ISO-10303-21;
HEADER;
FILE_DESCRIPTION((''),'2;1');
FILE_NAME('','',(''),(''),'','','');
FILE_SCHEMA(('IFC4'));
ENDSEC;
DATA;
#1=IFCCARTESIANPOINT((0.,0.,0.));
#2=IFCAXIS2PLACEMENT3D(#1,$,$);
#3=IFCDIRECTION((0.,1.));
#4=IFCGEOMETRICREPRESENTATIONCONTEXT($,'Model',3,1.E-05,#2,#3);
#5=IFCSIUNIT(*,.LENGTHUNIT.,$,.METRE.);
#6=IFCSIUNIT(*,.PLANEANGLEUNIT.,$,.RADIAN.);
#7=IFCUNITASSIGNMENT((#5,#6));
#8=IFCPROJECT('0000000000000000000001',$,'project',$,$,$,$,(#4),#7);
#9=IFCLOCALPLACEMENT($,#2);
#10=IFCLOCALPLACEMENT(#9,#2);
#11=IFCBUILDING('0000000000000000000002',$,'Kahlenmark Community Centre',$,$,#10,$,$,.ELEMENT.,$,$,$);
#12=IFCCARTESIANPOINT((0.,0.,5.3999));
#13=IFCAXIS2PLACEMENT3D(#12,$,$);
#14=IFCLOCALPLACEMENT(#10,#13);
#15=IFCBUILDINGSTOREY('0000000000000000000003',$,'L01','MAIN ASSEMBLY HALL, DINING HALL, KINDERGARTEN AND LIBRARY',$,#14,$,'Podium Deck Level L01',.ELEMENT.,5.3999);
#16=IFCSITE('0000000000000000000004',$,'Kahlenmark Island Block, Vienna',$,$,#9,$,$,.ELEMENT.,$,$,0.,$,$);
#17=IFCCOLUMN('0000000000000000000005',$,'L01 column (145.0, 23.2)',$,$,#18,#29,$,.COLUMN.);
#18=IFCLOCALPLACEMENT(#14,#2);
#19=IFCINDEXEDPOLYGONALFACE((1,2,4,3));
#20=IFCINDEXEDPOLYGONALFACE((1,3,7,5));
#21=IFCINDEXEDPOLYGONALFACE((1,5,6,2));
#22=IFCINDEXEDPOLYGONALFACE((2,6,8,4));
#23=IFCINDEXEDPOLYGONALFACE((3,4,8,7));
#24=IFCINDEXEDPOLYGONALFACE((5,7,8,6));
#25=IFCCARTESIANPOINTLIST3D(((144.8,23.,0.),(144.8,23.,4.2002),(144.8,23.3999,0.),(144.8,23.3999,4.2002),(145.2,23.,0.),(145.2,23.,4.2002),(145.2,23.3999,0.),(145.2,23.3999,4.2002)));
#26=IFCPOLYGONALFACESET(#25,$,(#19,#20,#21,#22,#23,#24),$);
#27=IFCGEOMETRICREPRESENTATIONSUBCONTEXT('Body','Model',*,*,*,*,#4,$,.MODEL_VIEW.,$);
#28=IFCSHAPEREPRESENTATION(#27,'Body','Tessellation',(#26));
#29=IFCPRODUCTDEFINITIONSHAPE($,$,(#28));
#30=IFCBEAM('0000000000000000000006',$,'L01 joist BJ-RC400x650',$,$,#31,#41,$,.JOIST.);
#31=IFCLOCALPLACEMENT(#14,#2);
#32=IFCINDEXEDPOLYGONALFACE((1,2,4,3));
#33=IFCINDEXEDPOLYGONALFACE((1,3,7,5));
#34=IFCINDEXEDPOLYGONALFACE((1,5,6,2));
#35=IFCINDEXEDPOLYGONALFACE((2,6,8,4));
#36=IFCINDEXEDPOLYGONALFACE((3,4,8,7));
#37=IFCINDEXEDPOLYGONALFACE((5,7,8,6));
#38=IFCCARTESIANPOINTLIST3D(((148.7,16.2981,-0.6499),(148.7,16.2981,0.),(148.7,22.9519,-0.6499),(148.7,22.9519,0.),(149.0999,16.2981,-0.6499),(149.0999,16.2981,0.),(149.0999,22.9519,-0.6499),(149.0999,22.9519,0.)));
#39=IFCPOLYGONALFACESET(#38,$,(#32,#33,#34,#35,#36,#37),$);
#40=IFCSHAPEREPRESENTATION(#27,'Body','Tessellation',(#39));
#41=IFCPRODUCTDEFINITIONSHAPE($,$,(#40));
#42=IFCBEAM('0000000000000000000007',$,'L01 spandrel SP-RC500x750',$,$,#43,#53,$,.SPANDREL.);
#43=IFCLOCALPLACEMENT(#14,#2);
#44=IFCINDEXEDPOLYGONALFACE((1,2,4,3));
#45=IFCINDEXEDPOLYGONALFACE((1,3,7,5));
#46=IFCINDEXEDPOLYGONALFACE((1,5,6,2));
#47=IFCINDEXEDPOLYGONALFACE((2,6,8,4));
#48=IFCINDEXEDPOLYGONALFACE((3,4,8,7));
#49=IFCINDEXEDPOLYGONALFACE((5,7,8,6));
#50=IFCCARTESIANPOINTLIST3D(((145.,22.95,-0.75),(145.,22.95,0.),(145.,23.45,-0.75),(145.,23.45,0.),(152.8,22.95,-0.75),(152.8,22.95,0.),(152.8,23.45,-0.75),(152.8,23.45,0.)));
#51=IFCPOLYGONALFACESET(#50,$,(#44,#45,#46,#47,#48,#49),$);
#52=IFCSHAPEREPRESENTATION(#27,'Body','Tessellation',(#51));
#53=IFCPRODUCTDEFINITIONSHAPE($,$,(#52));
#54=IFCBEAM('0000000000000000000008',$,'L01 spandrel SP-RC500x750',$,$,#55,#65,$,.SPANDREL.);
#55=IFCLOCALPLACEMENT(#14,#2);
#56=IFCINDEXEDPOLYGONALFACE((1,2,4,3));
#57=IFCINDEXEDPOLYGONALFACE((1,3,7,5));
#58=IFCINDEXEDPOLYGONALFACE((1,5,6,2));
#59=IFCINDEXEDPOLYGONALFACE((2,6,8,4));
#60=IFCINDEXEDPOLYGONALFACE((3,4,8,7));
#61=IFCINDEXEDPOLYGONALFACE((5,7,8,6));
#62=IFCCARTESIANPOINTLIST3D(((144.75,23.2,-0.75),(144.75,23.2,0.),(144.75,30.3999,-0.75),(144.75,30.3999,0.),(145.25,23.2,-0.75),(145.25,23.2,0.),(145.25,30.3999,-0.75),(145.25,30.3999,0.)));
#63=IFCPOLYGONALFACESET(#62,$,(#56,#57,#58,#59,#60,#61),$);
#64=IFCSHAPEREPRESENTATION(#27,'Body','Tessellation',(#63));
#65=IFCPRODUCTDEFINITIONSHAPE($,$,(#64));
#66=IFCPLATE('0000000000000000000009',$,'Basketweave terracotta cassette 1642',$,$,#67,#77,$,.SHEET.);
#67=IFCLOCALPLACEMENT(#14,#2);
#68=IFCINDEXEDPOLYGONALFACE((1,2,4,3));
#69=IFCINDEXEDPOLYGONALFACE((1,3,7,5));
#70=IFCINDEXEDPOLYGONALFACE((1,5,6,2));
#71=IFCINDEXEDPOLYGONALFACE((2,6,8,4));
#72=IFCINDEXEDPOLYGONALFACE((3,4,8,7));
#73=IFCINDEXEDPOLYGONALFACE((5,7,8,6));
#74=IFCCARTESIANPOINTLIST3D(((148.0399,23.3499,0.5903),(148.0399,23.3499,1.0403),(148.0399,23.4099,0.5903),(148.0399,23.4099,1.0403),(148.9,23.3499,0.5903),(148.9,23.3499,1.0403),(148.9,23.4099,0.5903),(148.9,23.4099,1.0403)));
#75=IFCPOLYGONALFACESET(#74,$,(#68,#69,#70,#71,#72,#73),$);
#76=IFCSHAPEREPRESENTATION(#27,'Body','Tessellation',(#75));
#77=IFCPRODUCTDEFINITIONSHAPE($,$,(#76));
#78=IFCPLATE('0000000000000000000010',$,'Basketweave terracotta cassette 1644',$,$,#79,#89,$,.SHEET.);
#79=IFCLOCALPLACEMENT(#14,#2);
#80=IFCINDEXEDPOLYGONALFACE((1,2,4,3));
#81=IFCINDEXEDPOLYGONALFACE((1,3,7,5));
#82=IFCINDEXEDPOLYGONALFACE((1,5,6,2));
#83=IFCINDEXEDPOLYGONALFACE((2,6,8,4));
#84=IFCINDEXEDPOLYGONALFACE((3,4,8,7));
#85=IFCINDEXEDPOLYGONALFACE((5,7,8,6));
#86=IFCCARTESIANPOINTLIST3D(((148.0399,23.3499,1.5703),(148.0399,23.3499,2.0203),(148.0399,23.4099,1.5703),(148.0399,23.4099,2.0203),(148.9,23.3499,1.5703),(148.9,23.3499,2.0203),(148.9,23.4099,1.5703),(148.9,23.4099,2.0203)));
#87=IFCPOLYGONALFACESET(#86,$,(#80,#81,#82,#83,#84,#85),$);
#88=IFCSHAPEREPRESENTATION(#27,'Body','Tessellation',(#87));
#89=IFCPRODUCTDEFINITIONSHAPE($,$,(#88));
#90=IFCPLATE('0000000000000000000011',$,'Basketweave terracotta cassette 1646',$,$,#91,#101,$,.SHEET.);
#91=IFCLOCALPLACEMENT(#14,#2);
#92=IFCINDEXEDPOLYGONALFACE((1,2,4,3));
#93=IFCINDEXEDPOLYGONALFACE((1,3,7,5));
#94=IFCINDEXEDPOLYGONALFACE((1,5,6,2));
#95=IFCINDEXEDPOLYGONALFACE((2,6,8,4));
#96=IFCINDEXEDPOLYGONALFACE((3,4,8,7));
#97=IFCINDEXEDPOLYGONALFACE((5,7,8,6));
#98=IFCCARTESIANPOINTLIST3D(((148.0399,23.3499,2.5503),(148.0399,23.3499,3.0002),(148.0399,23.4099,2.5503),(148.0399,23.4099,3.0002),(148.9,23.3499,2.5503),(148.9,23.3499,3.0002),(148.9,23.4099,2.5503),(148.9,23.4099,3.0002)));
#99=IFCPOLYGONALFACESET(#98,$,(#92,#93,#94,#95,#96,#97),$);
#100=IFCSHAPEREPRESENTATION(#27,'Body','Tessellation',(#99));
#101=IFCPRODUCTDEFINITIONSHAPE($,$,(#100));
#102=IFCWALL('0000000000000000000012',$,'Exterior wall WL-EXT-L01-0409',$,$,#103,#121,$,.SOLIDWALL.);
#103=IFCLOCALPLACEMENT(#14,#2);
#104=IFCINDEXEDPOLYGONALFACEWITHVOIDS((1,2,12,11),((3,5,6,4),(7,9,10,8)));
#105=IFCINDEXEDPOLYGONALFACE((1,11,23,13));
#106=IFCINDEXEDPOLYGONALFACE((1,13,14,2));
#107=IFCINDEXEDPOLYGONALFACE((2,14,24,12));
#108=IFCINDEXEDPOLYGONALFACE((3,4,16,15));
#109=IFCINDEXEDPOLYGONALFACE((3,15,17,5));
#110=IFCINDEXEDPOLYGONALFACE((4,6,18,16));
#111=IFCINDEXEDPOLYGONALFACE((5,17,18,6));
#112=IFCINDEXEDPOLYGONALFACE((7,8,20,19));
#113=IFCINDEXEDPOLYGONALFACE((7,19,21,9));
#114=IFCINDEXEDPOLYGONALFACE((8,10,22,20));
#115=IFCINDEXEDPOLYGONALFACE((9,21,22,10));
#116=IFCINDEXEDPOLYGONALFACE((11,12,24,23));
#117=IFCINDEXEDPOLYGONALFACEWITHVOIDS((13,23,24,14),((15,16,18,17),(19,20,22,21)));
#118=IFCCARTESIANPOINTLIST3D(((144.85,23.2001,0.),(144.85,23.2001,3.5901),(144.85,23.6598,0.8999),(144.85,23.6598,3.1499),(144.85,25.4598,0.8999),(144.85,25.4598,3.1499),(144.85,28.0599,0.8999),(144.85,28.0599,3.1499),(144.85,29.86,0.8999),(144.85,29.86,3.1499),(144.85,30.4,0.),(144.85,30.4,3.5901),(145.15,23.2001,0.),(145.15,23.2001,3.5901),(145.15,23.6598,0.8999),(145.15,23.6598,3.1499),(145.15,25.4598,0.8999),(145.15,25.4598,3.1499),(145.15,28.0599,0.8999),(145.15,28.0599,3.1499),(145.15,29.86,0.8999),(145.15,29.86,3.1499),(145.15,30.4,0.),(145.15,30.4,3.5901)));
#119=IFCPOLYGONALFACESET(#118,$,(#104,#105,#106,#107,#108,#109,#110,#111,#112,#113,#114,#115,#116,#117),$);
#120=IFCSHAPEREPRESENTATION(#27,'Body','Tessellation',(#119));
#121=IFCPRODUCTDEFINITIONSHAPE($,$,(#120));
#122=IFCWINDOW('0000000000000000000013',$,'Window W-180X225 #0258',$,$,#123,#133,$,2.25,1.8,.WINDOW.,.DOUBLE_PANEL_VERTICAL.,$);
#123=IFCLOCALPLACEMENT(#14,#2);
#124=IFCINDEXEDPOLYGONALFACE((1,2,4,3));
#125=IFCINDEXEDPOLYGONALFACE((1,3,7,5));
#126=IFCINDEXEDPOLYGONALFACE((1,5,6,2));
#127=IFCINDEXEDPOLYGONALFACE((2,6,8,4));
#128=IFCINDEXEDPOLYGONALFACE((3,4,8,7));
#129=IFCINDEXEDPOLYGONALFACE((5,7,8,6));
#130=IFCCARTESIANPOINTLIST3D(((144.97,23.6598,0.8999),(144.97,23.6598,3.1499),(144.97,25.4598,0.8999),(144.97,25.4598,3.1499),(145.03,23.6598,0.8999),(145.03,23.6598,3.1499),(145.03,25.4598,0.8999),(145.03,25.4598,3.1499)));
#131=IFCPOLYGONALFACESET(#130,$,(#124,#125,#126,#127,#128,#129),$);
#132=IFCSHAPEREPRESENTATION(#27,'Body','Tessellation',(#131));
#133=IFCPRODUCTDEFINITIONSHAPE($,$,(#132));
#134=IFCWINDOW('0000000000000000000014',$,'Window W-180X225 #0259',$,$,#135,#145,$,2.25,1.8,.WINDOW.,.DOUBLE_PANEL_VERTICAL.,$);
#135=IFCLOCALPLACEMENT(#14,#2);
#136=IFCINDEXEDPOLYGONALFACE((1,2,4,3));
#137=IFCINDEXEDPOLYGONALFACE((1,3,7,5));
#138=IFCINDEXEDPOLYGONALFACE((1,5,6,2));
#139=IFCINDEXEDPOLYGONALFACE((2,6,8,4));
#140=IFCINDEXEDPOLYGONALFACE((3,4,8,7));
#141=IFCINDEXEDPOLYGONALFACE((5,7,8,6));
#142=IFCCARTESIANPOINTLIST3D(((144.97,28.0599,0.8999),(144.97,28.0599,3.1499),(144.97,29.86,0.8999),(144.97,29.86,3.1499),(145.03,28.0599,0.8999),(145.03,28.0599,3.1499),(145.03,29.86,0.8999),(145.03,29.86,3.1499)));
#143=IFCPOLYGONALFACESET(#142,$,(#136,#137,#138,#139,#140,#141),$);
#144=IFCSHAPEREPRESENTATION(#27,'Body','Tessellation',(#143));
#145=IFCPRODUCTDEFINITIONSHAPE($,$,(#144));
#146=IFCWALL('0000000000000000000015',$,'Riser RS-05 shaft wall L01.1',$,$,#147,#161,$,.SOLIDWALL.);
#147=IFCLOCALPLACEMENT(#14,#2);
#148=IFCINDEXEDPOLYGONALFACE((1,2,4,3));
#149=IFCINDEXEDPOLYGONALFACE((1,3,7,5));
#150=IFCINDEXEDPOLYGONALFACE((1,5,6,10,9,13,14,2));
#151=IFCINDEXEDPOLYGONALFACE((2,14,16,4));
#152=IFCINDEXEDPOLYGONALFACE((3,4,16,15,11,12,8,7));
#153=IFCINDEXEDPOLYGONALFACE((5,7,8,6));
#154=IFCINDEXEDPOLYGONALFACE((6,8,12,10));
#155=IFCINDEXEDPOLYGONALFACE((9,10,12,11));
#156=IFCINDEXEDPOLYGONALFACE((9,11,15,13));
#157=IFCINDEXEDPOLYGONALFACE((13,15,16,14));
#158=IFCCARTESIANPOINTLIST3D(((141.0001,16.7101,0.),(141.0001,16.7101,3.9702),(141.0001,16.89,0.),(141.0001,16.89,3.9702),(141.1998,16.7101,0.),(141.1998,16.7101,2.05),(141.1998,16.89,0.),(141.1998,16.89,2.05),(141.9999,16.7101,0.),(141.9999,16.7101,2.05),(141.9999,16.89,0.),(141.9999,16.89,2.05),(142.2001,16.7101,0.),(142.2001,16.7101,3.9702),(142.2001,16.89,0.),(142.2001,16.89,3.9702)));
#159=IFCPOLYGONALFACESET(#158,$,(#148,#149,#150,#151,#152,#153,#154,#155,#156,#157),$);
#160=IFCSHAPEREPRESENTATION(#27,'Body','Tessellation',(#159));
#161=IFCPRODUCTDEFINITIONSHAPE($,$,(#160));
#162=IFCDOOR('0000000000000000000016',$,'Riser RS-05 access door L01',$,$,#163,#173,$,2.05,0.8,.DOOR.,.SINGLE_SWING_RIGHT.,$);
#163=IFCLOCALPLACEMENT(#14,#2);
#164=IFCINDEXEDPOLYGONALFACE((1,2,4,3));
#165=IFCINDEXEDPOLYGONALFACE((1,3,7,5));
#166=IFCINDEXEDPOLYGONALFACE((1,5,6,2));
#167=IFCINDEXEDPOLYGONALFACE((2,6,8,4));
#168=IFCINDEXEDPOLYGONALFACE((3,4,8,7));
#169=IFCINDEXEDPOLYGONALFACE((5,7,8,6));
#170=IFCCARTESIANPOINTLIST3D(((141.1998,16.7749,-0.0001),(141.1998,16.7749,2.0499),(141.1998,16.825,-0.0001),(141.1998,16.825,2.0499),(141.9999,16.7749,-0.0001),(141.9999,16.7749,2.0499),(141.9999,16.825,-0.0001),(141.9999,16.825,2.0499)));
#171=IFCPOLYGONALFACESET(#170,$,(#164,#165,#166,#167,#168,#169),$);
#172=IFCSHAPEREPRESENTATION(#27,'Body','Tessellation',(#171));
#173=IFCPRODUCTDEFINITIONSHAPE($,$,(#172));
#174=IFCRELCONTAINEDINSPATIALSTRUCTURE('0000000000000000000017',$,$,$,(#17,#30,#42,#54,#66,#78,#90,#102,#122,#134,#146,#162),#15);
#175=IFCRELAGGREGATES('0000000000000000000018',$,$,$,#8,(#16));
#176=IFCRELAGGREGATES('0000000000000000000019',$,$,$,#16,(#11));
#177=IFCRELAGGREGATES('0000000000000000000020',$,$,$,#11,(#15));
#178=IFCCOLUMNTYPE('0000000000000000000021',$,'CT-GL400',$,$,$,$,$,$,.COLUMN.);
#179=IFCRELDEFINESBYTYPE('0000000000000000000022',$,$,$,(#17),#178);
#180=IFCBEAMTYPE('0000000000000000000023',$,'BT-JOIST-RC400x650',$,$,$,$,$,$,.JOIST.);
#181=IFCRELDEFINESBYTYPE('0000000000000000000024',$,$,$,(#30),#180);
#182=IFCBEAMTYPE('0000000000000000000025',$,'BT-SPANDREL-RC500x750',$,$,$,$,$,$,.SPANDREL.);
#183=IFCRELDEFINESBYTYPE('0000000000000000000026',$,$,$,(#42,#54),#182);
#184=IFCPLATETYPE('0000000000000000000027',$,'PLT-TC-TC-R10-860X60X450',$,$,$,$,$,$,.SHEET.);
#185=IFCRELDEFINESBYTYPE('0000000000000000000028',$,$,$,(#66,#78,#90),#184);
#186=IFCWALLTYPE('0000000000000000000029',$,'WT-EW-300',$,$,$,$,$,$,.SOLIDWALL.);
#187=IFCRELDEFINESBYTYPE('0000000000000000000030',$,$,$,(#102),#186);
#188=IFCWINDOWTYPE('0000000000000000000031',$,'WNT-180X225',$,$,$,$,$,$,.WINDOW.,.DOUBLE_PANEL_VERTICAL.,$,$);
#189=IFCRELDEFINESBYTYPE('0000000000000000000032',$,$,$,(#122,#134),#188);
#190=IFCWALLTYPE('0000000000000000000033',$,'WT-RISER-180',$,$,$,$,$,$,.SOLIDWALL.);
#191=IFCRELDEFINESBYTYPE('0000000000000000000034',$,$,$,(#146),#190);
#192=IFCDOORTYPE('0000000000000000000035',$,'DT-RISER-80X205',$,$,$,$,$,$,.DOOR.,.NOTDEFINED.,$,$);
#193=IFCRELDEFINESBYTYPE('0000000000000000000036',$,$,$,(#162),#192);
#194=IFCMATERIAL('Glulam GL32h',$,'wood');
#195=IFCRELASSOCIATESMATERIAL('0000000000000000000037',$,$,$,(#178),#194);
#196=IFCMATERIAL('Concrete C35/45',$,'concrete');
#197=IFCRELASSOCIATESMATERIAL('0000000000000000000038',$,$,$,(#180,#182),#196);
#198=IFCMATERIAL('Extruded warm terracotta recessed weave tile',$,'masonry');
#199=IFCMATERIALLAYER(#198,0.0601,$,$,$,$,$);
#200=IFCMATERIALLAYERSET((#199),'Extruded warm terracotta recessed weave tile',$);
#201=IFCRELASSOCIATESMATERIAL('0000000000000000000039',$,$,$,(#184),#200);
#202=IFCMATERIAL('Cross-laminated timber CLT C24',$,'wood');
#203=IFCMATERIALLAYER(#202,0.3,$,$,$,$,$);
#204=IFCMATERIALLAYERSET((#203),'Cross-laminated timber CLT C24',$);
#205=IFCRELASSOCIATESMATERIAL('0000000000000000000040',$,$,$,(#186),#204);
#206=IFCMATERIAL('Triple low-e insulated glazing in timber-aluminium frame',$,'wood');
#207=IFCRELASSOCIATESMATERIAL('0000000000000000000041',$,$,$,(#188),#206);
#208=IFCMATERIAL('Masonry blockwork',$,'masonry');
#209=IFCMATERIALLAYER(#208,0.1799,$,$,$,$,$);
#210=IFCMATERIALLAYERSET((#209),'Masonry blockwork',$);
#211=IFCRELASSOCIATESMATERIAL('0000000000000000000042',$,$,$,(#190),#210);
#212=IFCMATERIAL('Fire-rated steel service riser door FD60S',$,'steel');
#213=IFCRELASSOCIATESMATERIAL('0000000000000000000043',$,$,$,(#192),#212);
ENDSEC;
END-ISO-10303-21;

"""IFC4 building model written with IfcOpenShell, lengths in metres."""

from ifc_helpers import new_model, si_unit, direction, frame, frame_2d, origin, origin_2d, place, context, subcontext, project, spatial, rectangle, extrude, material, layer, layer_set, material_profile, profile_set, type_object, element, fill, save


model = new_model("IFC4")

# Units and contexts
model_context = context("Model", 3, precision=1e-05, world=origin(), true_north=direction((0.0, 1.0)))
body_context = subcontext(model_context, "Body", "Model", "MODEL_VIEW")
ifc_project = project(units=[si_unit("LENGTHUNIT", "METRE"), si_unit("PLANEANGLEUNIT", "RADIAN")], contexts=[model_context])

# Site, building, storey
site_placement = place(None, origin())
site = spatial("IfcSite", under=ifc_project, at=site_placement, Name="Kahlenmark Island Block, Vienna", CompositionType="ELEMENT", RefElevation=0.0)
building_placement = place(site_placement, origin())
building = spatial("IfcBuilding", under=site, at=building_placement, Name="Kahlenmark Community Centre", CompositionType="ELEMENT")
storey_placement = place(building_placement, frame((0.0, 0.0, 5.3999)))
storey = spatial("IfcBuildingStorey", under=building, at=storey_placement, Name="L01", Description="MAIN ASSEMBLY HALL, DINING HALL, KINDERGARTEN AND LIBRARY", LongName="Podium Deck Level L01", CompositionType="ELEMENT", Elevation=5.3999)

# Column
ifc_material_1 = material(Name="Glulam GL32h", Category="wood")
ifc_material_profile_1 = material_profile(ifc_material_1, rectangle(XDim=0.3999, YDim=0.3999, at=origin_2d()), Name="GL32h 400x400")
ifc_profile_set_1 = profile_set([ifc_material_profile_1], Name="Glulam GL32h")
column_type = type_object("IfcColumnType", Name="CT-GL400", PredefinedType="COLUMN", material=ifc_profile_set_1)
column_placement = place(storey_placement, frame((145.0, 23.2, 0.0), z_axis=(0.0, 0.0, 1.0), x_axis=(1.0, 0.0, 0.0)))
element("IfcColumn", 1, at=column_placement, inside=storey, type_object=column_type, Name="L01 column (145.0, 23.2)", PredefinedType="COLUMN", context=body_context, shape_type="SweptSolid", body=[
    extrude(rectangle(XDim=0.3999, YDim=0.3999, at=origin_2d()), origin(), (0.0, 0.0, 1.0), 4.2002),
])

# Beams
ifc_material_2 = material(Name="Concrete C35/45", Category="concrete")
ifc_material_profile_2 = material_profile(ifc_material_2, rectangle(XDim=0.3999, YDim=0.6499, at=origin_2d()), Name="RC 400x650")
ifc_profile_set_2 = profile_set([ifc_material_profile_2], Name="Concrete C35/45")
beam_type_1 = type_object("IfcBeamType", Name="BT-JOIST-RC400x650", PredefinedType="JOIST", material=ifc_profile_set_2)
beam_1_placement = place(storey_placement, frame((148.8999, 16.2981, -0.325), z_axis=(0.0, 1.0, 0.0), x_axis=(-1.0, 0.0, 0.0)))
element("IfcBeam", 2, at=beam_1_placement, inside=storey, type_object=beam_type_1, Name="L01 joist BJ-RC400x650", PredefinedType="JOIST", context=body_context, shape_type="SweptSolid", body=[
    extrude(rectangle(XDim=0.3999, YDim=0.6499, at=origin_2d()), origin(), (0.0, 0.0, 1.0), 6.6538),
])
ifc_material_profile_3 = material_profile(ifc_material_2, rectangle(XDim=0.5, YDim=0.75, at=origin_2d()), Name="RC 500x750")
ifc_profile_set_3 = profile_set([ifc_material_profile_3], Name="Concrete C35/45")
beam_type_2 = type_object("IfcBeamType", Name="BT-SPANDREL-RC500x750", PredefinedType="SPANDREL", material=ifc_profile_set_3)
beam_2_placement = place(storey_placement, frame((145.0, 23.2, -0.375), z_axis=(1.0, 0.0, 0.0), x_axis=(0.0, 1.0, 0.0)))
element("IfcBeam", 3, at=beam_2_placement, inside=storey, type_object=beam_type_2, Name="L01 spandrel SP-RC500x750", PredefinedType="SPANDREL", context=body_context, shape_type="SweptSolid", body=[
    extrude(rectangle(XDim=0.5, YDim=0.75, at=origin_2d()), origin(), (0.0, 0.0, 1.0), 7.8),
])
beam_3_placement = place(storey_placement, frame((145.0, 23.2, -0.375), z_axis=(0.0, 1.0, 0.0), x_axis=(-1.0, 0.0, 0.0)))
element("IfcBeam", 4, at=beam_3_placement, inside=storey, type_object=beam_type_2, Name="L01 spandrel SP-RC500x750", PredefinedType="SPANDREL", context=body_context, shape_type="SweptSolid", body=[
    extrude(rectangle(XDim=0.5, YDim=0.75, at=origin_2d()), origin(), (0.0, 0.0, 1.0), 7.2),
])

# Plates
ifc_material_3 = material(Name="Extruded warm terracotta recessed weave tile", Category="masonry")
ifc_layer_1 = layer(ifc_material_3, 0.0601)
ifc_layer_set_1 = layer_set([ifc_layer_1], Name="Extruded warm terracotta recessed weave tile")
plate_type = type_object("IfcPlateType", Name="PLT-TC-TC-R10-860X60X450", PredefinedType="SHEET", material=ifc_layer_set_1)
for number, where, z_axis, x_axis, name in (
    (5, (148.47, 23.3799, 0.5903), (0.0, 0.0, 1.0), (-1.0, 0.0, 0.0), "Basketweave terracotta cassette 1642"),
    (6, (148.47, 23.3799, 1.5703), (0.0, 0.0, 1.0), (-1.0, 0.0, 0.0), "Basketweave terracotta cassette 1644"),
    (7, (148.47, 23.3799, 2.5503), (0.0, 0.0, 1.0), (-1.0, 0.0, 0.0), "Basketweave terracotta cassette 1646"),
):
    element("IfcPlate", number, at=place(storey_placement, frame(where, z_axis=z_axis, x_axis=x_axis)), inside=storey, type_object=plate_type, Name=name, PredefinedType="SHEET", context=body_context, shape_type="SweptSolid", body=[
        extrude(rectangle(XDim=0.8601, YDim=0.0601, at=origin_2d()), origin(), (0.0, 0.0, 1.0), 0.45),
    ])

# Wall, openings, windows
ifc_material_4 = material(Name="Cross-laminated timber CLT C24", Category="wood")
ifc_layer_2 = layer(ifc_material_4, 0.3)
ifc_layer_set_2 = layer_set([ifc_layer_2], Name="Cross-laminated timber CLT C24")
wall_type_1 = type_object("IfcWallType", Name="WT-EW-300", PredefinedType="SOLIDWALL", material=ifc_layer_set_2)
wall_1_placement = place(storey_placement, frame((145.0, 23.2, 0.0), z_axis=(0.0, 0.0, 1.0), x_axis=(0.0, 1.0, 0.0)))
wall_1 = element("IfcWall", 8, at=wall_1_placement, inside=storey, type_object=wall_type_1, Name="Exterior wall WL-EXT-L01-0409", PredefinedType="SOLIDWALL", context=body_context, shape_type="SweptSolid", body=[
    extrude(rectangle(XDim=7.2, YDim=0.3, at=frame_2d((3.6001, 0.0))), origin(), (0.0, 0.0, 1.0), 3.5901),
])
opening_1_placement = place(wall_1_placement, frame((0.46, 0.0, 0.8999)))
opening_1 = element("IfcOpeningElement", 9, at=opening_1_placement, cuts=wall_1, PredefinedType="OPENING", context=body_context, shape_type="SweptSolid", body=[
    extrude(rectangle(XDim=1.8, YDim=2.25, at=frame_2d((0.8999, 1.125))), frame((0.0, 0.1599, 0.0), z_axis=(0.0, -1.0, 0.0), x_axis=(1.0, 0.0, 0.0)), (0.0, 0.0, 1.0), 0.3201),
])
opening_2_placement = place(wall_1_placement, frame((4.8601, 0.0, 0.8999)))
opening_2 = element("IfcOpeningElement", 10, at=opening_2_placement, cuts=wall_1, PredefinedType="OPENING", context=body_context, shape_type="SweptSolid", body=[
    extrude(rectangle(XDim=1.8, YDim=2.25, at=frame_2d((0.8999, 1.125))), frame((0.0, 0.1599, 0.0), z_axis=(0.0, -1.0, 0.0), x_axis=(1.0, 0.0, 0.0)), (0.0, 0.0, 1.0), 0.3201),
])
ifc_material_5 = material(Name="Triple low-e insulated glazing in timber-aluminium frame", Category="wood")
window_type = type_object("IfcWindowType", Name="WNT-180X225", PartitioningType="DOUBLE_PANEL_VERTICAL", PredefinedType="WINDOW", material=ifc_material_5)
window_1_placement = place(opening_1_placement, origin())
window_1 = element("IfcWindow", 11, at=window_1_placement, inside=storey, type_object=window_type, Name="Window W-180X225 #0258", OverallHeight=2.25, OverallWidth=1.8, PartitioningType="DOUBLE_PANEL_VERTICAL", PredefinedType="WINDOW", context=body_context, shape_type="SweptSolid", body=[
    extrude(rectangle(XDim=1.8, YDim=2.25, at=frame_2d((0.8999, 1.125))), frame((0.0, 0.03, 0.0), z_axis=(0.0, -1.0, 0.0), x_axis=(1.0, 0.0, 0.0)), (0.0, 0.0, 1.0), 0.0601),
])
fill(opening_1, window_1)
window_2_placement = place(opening_2_placement, origin())
window_2 = element("IfcWindow", 12, at=window_2_placement, inside=storey, type_object=window_type, Name="Window W-180X225 #0259", OverallHeight=2.25, OverallWidth=1.8, PartitioningType="DOUBLE_PANEL_VERTICAL", PredefinedType="WINDOW", context=body_context, shape_type="SweptSolid", body=[
    extrude(rectangle(XDim=1.8, YDim=2.25, at=frame_2d((0.8999, 1.125))), frame((0.0, 0.03, 0.0), z_axis=(0.0, -1.0, 0.0), x_axis=(1.0, 0.0, 0.0)), (0.0, 0.0, 1.0), 0.0601),
])
fill(opening_2, window_2)

# Wall, opening, door
ifc_material_6 = material(Name="Masonry blockwork", Category="masonry")
ifc_layer_3 = layer(ifc_material_6, 0.1799)
ifc_layer_set_3 = layer_set([ifc_layer_3], Name="Masonry blockwork")
wall_type_2 = type_object("IfcWallType", Name="WT-RISER-180", PredefinedType="SOLIDWALL", material=ifc_layer_set_3)
wall_2_placement = place(storey_placement, frame((141.0, 16.8, 0.0), z_axis=(0.0, 0.0, 1.0), x_axis=(1.0, 0.0, 0.0)))
wall_2 = element("IfcWall", 13, at=wall_2_placement, inside=storey, type_object=wall_type_2, Name="Riser RS-05 shaft wall L01.1", PredefinedType="SOLIDWALL", context=body_context, shape_type="SweptSolid", body=[
    extrude(rectangle(XDim=1.2, YDim=0.1799, at=frame_2d((0.6001, 0.0))), origin(), (0.0, 0.0, 1.0), 3.9702),
])
opening_3_placement = place(wall_2_placement, frame((0.2, 0.0, -0.01)))
opening_3 = element("IfcOpeningElement", 14, at=opening_3_placement, cuts=wall_2, PredefinedType="OPENING", context=body_context, shape_type="SweptSolid", body=[
    extrude(rectangle(XDim=0.8, YDim=2.0601, at=frame_2d((0.3999, 1.03))), frame((0.0, 0.0999, 0.0), z_axis=(0.0, -1.0, 0.0), x_axis=(1.0, 0.0, 0.0)), (0.0, 0.0, 1.0), 0.2),
])
ifc_material_7 = material(Name="Fire-rated steel service riser door FD60S", Category="steel")
door_type_1 = type_object("IfcDoorType", Name="DT-RISER-80X205", OperationType="NOTDEFINED", PredefinedType="DOOR", material=ifc_material_7)
door_1_placement = place(opening_3_placement, frame((0.0, 0.0, 0.01)))
door_1 = element("IfcDoor", 15, at=door_1_placement, inside=storey, type_object=door_type_1, Name="Riser RS-05 access door L01", OperationType="SINGLE_SWING_RIGHT", OverallHeight=2.05, OverallWidth=0.8, PredefinedType="DOOR", context=body_context, shape_type="SweptSolid", body=[
    extrude(rectangle(XDim=0.8, YDim=2.05, at=frame_2d((0.3999, 1.0249))), frame((0.0, 0.0249, 0.0), z_axis=(0.0, -1.0, 0.0), x_axis=(1.0, 0.0, 0.0)), (0.0, 0.0, 1.0), 0.05),
])
fill(opening_3, door_1)

save(model, "model.ifc")
